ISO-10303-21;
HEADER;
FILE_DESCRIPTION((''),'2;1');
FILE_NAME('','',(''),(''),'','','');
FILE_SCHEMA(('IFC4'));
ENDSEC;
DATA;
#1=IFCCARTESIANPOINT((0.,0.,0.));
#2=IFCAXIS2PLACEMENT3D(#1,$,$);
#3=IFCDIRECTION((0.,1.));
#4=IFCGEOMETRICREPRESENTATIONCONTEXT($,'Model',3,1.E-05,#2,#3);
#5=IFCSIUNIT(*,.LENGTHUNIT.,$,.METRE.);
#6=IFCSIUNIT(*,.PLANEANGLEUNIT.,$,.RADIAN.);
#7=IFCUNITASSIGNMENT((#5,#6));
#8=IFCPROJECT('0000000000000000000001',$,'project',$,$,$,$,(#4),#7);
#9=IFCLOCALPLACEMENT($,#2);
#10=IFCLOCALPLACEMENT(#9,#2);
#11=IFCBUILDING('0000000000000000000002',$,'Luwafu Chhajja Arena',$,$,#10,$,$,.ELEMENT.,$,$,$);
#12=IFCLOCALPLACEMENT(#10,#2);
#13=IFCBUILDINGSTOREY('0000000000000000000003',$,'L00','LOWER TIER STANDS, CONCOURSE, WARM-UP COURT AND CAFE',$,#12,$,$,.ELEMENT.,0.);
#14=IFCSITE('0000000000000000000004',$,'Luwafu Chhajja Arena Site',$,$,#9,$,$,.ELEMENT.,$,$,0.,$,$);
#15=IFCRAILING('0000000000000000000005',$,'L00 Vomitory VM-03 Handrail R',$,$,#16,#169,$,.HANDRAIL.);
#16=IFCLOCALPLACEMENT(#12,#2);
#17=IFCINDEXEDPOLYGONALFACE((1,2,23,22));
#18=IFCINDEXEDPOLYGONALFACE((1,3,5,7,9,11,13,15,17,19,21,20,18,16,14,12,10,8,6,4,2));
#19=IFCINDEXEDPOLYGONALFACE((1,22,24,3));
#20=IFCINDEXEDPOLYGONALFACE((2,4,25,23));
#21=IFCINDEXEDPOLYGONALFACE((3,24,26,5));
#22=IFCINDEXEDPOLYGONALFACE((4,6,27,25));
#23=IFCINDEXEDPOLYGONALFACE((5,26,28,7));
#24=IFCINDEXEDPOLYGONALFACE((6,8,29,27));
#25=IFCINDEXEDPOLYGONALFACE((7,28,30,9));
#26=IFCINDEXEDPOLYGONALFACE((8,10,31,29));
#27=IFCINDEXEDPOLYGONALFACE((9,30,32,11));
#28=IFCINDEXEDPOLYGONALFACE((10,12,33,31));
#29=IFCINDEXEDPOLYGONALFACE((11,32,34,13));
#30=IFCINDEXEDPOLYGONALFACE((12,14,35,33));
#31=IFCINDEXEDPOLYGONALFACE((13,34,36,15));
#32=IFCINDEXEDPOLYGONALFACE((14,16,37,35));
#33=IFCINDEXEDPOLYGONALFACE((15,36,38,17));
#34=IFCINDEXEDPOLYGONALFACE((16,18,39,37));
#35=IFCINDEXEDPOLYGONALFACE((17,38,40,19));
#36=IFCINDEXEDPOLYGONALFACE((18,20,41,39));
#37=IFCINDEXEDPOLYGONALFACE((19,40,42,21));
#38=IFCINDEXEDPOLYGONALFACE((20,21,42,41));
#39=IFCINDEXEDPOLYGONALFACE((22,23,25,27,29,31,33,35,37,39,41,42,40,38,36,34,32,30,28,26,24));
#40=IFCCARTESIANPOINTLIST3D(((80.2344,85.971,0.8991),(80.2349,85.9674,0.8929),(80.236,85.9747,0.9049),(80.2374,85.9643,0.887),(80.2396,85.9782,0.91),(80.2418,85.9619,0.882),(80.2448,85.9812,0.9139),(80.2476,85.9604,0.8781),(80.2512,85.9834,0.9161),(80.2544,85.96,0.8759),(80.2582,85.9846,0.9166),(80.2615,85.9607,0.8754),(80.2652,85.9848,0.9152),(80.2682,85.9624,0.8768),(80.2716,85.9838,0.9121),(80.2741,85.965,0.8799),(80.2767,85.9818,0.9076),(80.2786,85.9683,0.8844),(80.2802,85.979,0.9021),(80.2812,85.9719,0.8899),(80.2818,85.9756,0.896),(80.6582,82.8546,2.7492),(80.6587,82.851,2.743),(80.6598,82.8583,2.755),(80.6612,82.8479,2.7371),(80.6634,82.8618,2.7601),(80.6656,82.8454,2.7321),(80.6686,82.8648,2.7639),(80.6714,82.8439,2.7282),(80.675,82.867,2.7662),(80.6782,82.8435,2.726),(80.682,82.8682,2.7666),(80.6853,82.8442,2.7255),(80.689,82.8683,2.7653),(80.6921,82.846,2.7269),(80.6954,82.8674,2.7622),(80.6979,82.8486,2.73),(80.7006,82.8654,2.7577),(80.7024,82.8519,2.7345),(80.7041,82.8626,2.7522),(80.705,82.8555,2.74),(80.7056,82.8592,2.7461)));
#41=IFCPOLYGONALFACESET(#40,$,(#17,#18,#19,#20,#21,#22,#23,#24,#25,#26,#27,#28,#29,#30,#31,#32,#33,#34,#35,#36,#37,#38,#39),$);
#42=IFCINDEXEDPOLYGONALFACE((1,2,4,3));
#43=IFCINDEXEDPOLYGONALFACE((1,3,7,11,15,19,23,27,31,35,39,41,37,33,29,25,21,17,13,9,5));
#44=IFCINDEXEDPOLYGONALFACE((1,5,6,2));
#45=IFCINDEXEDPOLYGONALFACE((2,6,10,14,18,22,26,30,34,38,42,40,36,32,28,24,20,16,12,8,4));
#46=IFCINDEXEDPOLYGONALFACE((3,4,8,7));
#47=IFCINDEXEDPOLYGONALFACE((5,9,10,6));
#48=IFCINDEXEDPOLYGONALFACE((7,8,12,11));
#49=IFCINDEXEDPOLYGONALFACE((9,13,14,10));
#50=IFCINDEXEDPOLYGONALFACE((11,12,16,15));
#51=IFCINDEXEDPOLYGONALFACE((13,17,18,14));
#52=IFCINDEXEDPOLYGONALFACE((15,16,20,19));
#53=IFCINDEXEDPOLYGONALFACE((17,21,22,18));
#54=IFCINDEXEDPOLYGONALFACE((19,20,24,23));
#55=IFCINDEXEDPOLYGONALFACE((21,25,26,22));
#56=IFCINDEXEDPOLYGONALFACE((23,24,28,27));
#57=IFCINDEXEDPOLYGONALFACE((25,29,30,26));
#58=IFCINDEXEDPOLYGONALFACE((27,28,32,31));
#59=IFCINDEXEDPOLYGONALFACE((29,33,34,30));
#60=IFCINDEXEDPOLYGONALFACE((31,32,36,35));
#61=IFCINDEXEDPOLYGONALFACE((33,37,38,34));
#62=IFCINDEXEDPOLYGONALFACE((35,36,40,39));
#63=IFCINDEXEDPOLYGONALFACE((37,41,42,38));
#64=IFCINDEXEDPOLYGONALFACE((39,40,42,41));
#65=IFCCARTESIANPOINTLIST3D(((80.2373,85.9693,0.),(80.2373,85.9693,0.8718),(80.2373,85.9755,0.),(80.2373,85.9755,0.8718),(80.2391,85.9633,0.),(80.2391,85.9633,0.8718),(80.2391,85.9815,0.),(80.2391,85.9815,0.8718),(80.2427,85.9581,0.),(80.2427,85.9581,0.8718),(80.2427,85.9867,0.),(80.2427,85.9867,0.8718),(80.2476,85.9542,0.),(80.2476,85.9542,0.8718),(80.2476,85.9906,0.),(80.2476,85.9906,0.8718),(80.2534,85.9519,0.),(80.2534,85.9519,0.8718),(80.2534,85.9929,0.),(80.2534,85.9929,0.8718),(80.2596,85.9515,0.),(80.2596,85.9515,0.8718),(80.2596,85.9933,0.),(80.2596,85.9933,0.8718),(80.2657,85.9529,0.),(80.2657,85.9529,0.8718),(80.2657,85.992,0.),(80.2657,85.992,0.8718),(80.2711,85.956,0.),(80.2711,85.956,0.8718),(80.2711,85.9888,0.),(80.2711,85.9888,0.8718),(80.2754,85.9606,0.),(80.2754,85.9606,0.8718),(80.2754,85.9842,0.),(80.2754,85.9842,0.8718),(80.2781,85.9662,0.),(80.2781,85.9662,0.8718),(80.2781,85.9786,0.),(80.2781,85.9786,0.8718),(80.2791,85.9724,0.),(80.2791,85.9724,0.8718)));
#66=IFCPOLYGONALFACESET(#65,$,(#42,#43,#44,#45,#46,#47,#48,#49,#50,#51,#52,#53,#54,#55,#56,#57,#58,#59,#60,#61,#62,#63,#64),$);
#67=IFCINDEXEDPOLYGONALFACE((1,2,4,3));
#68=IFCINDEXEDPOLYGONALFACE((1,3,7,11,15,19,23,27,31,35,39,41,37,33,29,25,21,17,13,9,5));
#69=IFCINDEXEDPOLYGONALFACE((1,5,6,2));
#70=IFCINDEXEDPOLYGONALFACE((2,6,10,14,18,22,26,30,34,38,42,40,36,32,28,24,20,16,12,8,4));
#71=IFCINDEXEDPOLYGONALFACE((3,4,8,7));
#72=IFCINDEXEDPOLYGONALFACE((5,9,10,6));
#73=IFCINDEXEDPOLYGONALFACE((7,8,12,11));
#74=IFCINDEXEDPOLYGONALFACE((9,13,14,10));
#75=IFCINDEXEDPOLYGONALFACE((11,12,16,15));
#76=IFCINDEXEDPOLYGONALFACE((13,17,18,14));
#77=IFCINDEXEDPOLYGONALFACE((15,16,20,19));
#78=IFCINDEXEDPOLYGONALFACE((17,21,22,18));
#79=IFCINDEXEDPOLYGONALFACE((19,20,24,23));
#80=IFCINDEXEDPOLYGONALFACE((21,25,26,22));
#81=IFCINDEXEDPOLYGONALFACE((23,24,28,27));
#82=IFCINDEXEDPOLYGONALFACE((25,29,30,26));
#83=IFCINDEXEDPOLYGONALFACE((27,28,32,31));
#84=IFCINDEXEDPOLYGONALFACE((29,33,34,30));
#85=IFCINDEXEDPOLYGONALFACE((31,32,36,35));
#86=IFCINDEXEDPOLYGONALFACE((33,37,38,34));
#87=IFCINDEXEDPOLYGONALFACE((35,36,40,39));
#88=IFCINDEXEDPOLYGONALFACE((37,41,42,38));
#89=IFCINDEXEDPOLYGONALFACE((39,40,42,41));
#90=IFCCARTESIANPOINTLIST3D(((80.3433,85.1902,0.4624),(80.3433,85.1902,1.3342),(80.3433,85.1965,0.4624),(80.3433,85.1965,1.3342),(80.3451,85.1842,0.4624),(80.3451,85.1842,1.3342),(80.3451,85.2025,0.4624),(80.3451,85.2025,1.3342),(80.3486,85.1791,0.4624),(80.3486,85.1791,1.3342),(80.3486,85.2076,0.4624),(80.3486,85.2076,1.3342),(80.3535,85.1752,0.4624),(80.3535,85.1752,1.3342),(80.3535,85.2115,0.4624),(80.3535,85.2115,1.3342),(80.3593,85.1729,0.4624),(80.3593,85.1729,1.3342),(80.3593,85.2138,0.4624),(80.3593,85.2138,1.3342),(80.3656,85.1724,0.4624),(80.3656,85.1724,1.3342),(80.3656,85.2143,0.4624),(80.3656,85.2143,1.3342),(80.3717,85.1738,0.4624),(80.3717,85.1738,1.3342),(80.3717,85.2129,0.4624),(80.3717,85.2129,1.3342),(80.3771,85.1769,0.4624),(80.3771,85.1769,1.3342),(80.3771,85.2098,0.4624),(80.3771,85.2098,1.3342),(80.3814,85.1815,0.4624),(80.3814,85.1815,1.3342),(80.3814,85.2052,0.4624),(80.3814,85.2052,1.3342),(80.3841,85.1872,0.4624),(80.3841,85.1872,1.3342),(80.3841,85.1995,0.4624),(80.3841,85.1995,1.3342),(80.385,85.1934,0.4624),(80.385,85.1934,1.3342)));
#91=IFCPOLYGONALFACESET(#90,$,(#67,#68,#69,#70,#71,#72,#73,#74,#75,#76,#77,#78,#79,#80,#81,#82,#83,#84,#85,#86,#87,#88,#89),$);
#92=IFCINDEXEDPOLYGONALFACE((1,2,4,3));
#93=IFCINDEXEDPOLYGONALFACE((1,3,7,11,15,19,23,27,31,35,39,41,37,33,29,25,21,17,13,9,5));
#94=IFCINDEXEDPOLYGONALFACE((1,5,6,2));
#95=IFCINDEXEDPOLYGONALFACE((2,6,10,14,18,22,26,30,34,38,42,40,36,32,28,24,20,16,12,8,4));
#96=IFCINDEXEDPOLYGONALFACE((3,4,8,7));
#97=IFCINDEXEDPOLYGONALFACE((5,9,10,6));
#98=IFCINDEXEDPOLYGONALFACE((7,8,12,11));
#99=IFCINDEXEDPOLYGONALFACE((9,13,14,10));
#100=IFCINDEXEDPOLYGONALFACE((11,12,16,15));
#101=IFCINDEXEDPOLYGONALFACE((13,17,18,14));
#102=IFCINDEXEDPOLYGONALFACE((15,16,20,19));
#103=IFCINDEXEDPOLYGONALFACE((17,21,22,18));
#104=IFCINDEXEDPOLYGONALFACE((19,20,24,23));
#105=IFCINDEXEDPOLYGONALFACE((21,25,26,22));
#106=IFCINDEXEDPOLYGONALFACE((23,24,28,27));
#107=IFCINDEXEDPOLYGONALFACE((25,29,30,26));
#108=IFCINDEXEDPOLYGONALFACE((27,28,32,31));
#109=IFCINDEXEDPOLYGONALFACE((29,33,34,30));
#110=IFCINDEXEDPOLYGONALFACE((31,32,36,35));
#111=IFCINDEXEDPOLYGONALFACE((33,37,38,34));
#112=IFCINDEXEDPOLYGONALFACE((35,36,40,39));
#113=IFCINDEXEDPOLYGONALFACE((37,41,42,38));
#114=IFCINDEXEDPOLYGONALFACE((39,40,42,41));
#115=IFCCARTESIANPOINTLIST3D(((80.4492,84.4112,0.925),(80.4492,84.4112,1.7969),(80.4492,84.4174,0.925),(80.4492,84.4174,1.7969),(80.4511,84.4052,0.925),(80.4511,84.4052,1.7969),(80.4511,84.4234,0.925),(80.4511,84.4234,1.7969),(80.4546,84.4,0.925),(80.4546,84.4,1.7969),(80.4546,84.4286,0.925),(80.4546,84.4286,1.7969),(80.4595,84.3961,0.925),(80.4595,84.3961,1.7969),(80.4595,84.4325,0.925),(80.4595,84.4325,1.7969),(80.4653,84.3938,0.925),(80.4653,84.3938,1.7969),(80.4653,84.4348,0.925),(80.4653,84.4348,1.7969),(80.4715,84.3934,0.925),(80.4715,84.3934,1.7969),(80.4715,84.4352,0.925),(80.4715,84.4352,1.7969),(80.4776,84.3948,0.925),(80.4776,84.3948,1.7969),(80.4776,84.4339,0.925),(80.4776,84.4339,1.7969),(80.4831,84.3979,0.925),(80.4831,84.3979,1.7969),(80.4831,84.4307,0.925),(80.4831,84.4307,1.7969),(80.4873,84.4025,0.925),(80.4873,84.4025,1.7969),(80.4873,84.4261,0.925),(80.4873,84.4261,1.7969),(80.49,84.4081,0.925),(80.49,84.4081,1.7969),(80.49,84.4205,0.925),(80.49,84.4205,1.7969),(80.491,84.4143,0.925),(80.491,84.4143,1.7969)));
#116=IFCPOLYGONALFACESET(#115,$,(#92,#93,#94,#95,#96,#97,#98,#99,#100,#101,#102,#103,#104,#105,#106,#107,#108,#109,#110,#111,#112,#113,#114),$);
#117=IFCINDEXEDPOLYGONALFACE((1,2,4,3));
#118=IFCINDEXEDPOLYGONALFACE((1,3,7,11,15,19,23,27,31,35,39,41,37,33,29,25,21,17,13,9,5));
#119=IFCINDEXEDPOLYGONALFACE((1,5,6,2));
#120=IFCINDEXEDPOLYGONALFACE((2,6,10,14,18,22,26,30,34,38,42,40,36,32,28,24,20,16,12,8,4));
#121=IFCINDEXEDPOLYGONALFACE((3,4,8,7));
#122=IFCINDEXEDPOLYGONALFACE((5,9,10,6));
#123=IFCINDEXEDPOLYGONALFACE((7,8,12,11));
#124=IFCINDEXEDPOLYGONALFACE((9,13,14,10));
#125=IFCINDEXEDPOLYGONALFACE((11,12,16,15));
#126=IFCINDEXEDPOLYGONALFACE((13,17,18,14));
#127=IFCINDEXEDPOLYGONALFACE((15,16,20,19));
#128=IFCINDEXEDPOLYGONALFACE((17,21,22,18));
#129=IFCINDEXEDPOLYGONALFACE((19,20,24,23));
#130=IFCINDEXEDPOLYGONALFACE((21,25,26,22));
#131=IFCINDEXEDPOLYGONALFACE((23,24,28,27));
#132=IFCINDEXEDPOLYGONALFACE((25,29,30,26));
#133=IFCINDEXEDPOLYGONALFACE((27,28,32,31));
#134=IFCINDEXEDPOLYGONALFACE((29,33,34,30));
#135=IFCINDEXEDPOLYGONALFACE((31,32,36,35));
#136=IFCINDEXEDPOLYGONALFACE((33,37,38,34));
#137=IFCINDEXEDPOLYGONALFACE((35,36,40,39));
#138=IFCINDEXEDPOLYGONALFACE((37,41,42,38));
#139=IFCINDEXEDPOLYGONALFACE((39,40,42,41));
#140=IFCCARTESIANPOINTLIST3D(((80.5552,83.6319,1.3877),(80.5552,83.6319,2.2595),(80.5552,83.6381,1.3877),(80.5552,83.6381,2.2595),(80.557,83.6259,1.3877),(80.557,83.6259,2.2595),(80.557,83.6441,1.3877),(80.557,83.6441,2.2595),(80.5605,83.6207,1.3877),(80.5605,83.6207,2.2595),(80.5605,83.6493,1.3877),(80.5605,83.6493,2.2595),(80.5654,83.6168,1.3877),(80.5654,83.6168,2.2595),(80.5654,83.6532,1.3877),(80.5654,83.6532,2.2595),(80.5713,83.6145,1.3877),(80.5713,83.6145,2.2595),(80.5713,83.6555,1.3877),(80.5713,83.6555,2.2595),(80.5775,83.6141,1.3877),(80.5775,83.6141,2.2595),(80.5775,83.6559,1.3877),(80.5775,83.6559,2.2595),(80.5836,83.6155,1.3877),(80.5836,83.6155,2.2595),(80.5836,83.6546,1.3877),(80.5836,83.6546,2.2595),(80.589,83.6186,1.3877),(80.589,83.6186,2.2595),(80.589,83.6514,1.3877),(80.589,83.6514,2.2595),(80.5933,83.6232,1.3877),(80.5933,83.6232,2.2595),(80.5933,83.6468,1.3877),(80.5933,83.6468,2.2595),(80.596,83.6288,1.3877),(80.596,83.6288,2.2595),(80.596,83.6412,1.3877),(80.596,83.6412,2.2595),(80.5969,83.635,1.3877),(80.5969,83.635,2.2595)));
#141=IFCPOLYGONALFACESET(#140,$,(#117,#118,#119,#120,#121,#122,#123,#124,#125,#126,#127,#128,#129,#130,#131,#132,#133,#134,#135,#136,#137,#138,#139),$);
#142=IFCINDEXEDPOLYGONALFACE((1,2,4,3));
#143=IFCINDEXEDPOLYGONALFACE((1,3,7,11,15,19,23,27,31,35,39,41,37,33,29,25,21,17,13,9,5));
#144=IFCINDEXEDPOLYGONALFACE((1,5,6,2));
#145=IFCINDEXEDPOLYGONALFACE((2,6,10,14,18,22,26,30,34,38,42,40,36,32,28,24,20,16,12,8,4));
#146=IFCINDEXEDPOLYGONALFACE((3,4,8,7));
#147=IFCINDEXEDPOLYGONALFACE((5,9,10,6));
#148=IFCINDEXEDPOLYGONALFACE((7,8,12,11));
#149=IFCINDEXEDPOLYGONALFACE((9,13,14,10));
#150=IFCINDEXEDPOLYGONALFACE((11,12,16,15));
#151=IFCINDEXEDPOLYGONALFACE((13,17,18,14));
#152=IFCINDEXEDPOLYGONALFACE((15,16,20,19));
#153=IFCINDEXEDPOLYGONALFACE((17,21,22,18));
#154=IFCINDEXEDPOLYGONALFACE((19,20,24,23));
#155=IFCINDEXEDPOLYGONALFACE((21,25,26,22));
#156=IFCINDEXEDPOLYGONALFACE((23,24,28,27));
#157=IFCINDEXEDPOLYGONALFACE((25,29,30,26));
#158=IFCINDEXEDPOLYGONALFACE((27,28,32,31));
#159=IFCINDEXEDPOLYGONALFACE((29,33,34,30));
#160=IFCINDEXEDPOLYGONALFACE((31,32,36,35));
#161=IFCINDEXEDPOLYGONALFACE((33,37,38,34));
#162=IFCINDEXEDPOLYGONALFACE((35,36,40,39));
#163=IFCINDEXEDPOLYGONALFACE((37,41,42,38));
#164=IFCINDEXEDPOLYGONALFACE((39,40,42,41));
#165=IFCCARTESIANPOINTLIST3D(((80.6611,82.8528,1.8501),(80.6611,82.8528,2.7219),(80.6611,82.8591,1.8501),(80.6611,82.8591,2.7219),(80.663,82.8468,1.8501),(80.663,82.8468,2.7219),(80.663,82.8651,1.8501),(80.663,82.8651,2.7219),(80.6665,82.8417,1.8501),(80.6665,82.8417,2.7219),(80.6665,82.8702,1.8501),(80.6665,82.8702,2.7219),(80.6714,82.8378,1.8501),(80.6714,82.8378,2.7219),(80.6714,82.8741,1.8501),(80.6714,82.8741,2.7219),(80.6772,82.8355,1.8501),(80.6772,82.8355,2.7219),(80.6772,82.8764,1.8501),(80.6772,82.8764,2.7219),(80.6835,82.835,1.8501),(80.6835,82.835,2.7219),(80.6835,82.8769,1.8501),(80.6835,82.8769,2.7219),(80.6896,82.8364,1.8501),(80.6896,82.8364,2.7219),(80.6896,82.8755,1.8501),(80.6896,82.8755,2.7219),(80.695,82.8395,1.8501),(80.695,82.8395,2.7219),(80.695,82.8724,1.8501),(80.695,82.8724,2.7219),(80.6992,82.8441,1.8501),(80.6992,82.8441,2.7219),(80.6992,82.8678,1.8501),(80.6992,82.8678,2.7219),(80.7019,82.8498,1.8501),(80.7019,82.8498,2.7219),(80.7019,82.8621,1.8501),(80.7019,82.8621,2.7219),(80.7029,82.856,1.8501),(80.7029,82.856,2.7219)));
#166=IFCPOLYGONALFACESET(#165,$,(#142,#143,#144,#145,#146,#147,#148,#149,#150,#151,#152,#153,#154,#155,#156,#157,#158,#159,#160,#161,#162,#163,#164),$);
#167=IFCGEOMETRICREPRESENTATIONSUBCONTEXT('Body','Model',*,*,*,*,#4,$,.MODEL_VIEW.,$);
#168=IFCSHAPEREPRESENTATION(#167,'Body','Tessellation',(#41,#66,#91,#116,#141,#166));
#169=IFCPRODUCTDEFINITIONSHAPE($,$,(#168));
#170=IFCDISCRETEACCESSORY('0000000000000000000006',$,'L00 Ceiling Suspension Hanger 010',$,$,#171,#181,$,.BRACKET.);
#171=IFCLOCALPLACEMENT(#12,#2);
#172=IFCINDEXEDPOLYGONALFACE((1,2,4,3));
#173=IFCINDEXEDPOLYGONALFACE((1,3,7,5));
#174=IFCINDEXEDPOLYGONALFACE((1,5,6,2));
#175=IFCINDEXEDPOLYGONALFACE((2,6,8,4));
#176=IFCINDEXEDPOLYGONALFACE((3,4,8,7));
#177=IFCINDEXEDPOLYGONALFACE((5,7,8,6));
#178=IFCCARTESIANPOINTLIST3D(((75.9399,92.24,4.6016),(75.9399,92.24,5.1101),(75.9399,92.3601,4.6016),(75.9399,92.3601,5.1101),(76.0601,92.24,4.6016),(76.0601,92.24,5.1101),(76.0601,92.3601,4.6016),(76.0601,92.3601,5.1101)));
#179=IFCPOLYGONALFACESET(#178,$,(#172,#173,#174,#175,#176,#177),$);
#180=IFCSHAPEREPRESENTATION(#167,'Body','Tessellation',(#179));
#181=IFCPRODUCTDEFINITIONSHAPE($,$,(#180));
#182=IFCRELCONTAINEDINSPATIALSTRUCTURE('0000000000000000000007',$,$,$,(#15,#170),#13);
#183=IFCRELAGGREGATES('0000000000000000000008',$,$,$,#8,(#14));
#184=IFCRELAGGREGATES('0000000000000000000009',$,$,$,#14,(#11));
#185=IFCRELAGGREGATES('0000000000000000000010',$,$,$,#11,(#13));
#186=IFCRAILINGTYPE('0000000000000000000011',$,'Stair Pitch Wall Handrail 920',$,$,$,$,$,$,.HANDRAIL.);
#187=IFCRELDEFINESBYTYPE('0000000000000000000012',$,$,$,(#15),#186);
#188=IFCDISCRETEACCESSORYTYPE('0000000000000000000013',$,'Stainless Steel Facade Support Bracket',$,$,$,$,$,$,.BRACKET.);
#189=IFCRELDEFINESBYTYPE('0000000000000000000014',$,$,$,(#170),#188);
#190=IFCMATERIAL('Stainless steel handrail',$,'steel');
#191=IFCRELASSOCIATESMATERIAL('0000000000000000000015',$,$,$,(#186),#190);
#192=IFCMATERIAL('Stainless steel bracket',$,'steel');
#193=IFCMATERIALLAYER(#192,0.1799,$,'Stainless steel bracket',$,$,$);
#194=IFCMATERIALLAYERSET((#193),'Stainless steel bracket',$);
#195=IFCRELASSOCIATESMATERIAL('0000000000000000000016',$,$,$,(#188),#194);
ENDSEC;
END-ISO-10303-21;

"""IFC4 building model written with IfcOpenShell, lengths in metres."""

from ifc_helpers import new_model, si_unit, direction, frame, origin, origin_2d, place, context, subcontext, project, spatial, rectangle, circle, extrude, material, layer, layer_set, type_object, element, save


model = new_model("IFC4")

# Units and contexts
model_context = context("Model", 3, precision=1e-05, world=origin(), true_north=direction((0.0, 1.0)))
body_context = subcontext(model_context, "Body", "Model", "MODEL_VIEW")
ifc_project = project(units=[si_unit("LENGTHUNIT", "METRE"), si_unit("PLANEANGLEUNIT", "RADIAN")], contexts=[model_context])

# Site, building, storey
site_placement = place(None, origin())
site = spatial("IfcSite", under=ifc_project, at=site_placement, Name="Luwafu Chhajja Arena Site", CompositionType="ELEMENT", RefElevation=0.0)
building_placement = place(site_placement, origin())
building = spatial("IfcBuilding", under=site, at=building_placement, Name="Luwafu Chhajja Arena", CompositionType="ELEMENT")
storey_placement = place(building_placement, origin())
storey = spatial("IfcBuildingStorey", under=building, at=storey_placement, Name="L00", Description="LOWER TIER STANDS, CONCOURSE, WARM-UP COURT AND CAFE", CompositionType="ELEMENT", Elevation=0.0)

# Railing
ifc_material_1 = material(Name="Stainless steel handrail", Category="steel")
railing_type_1 = type_object("IfcRailingType", Name="Stair Pitch Wall Handrail 920", PredefinedType="HANDRAIL", material=ifc_material_1)
railing_1_placement = place(storey_placement, frame((80.2581, 85.9724, 0.0)))
element("IfcRailing", 1, at=railing_1_placement, inside=storey, type_object=railing_type_1, Name="L00 Vomitory VM-03 Handrail R", PredefinedType="HANDRAIL", context=body_context, shape_type="SweptSolid", body=[
    extrude(circle(Radius=0.0239, at=origin_2d()), frame((0.0, 0.0, 0.896), z_axis=(0.116151, -0.854071, 0.507023), x_axis=(0.990879, 0.134756, 0.0)), (0.0, 0.0, 1.0), 3.6489),
    extrude(circle(Radius=0.021, at=origin_2d()), origin(), (0.0, 0.0, 1.0), 0.8718),
    extrude(circle(Radius=0.021, at=origin_2d()), frame((0.106, -0.7791, 0.4624)), (0.0, 0.0, 1.0), 0.8718),
    extrude(circle(Radius=0.021, at=origin_2d()), frame((0.2119, -1.5581, 0.925)), (0.0, 0.0, 1.0), 0.8718),
    extrude(circle(Radius=0.021, at=origin_2d()), frame((0.3179, -2.3374, 1.3877)), (0.0, 0.0, 1.0), 0.8718),
    extrude(circle(Radius=0.021, at=origin_2d()), frame((0.4238, -3.1165, 1.8501)), (0.0, 0.0, 1.0), 0.8718),
])

# Discrete accessory
ifc_material_2 = material(Name="Stainless steel bracket", Category="steel")
ifc_layer_1 = layer(ifc_material_2, 0.1799, Name="Stainless steel bracket")
ifc_layer_set_1 = layer_set([ifc_layer_1], Name="Stainless steel bracket")
discrete_accessory_type = type_object("IfcDiscreteAccessoryType", Name="Stainless Steel Facade Support Bracket", PredefinedType="BRACKET", material=ifc_layer_set_1)
discrete_accessory_placement = place(storey_placement, frame((76.0, 92.3, 4.6016), z_axis=(0.0, 0.0, 1.0), x_axis=(1.0, 0.0, 0.0)))
element("IfcDiscreteAccessory", 2, at=discrete_accessory_placement, inside=storey, type_object=discrete_accessory_type, Name="L00 Ceiling Suspension Hanger 010", PredefinedType="BRACKET", context=body_context, shape_type="SweptSolid", body=[
    extrude(rectangle(XDim=0.1201, YDim=0.1201, at=origin_2d()), origin(), (0.0, 0.0, 1.0), 0.5085),
])

save(model, "model.ifc")
